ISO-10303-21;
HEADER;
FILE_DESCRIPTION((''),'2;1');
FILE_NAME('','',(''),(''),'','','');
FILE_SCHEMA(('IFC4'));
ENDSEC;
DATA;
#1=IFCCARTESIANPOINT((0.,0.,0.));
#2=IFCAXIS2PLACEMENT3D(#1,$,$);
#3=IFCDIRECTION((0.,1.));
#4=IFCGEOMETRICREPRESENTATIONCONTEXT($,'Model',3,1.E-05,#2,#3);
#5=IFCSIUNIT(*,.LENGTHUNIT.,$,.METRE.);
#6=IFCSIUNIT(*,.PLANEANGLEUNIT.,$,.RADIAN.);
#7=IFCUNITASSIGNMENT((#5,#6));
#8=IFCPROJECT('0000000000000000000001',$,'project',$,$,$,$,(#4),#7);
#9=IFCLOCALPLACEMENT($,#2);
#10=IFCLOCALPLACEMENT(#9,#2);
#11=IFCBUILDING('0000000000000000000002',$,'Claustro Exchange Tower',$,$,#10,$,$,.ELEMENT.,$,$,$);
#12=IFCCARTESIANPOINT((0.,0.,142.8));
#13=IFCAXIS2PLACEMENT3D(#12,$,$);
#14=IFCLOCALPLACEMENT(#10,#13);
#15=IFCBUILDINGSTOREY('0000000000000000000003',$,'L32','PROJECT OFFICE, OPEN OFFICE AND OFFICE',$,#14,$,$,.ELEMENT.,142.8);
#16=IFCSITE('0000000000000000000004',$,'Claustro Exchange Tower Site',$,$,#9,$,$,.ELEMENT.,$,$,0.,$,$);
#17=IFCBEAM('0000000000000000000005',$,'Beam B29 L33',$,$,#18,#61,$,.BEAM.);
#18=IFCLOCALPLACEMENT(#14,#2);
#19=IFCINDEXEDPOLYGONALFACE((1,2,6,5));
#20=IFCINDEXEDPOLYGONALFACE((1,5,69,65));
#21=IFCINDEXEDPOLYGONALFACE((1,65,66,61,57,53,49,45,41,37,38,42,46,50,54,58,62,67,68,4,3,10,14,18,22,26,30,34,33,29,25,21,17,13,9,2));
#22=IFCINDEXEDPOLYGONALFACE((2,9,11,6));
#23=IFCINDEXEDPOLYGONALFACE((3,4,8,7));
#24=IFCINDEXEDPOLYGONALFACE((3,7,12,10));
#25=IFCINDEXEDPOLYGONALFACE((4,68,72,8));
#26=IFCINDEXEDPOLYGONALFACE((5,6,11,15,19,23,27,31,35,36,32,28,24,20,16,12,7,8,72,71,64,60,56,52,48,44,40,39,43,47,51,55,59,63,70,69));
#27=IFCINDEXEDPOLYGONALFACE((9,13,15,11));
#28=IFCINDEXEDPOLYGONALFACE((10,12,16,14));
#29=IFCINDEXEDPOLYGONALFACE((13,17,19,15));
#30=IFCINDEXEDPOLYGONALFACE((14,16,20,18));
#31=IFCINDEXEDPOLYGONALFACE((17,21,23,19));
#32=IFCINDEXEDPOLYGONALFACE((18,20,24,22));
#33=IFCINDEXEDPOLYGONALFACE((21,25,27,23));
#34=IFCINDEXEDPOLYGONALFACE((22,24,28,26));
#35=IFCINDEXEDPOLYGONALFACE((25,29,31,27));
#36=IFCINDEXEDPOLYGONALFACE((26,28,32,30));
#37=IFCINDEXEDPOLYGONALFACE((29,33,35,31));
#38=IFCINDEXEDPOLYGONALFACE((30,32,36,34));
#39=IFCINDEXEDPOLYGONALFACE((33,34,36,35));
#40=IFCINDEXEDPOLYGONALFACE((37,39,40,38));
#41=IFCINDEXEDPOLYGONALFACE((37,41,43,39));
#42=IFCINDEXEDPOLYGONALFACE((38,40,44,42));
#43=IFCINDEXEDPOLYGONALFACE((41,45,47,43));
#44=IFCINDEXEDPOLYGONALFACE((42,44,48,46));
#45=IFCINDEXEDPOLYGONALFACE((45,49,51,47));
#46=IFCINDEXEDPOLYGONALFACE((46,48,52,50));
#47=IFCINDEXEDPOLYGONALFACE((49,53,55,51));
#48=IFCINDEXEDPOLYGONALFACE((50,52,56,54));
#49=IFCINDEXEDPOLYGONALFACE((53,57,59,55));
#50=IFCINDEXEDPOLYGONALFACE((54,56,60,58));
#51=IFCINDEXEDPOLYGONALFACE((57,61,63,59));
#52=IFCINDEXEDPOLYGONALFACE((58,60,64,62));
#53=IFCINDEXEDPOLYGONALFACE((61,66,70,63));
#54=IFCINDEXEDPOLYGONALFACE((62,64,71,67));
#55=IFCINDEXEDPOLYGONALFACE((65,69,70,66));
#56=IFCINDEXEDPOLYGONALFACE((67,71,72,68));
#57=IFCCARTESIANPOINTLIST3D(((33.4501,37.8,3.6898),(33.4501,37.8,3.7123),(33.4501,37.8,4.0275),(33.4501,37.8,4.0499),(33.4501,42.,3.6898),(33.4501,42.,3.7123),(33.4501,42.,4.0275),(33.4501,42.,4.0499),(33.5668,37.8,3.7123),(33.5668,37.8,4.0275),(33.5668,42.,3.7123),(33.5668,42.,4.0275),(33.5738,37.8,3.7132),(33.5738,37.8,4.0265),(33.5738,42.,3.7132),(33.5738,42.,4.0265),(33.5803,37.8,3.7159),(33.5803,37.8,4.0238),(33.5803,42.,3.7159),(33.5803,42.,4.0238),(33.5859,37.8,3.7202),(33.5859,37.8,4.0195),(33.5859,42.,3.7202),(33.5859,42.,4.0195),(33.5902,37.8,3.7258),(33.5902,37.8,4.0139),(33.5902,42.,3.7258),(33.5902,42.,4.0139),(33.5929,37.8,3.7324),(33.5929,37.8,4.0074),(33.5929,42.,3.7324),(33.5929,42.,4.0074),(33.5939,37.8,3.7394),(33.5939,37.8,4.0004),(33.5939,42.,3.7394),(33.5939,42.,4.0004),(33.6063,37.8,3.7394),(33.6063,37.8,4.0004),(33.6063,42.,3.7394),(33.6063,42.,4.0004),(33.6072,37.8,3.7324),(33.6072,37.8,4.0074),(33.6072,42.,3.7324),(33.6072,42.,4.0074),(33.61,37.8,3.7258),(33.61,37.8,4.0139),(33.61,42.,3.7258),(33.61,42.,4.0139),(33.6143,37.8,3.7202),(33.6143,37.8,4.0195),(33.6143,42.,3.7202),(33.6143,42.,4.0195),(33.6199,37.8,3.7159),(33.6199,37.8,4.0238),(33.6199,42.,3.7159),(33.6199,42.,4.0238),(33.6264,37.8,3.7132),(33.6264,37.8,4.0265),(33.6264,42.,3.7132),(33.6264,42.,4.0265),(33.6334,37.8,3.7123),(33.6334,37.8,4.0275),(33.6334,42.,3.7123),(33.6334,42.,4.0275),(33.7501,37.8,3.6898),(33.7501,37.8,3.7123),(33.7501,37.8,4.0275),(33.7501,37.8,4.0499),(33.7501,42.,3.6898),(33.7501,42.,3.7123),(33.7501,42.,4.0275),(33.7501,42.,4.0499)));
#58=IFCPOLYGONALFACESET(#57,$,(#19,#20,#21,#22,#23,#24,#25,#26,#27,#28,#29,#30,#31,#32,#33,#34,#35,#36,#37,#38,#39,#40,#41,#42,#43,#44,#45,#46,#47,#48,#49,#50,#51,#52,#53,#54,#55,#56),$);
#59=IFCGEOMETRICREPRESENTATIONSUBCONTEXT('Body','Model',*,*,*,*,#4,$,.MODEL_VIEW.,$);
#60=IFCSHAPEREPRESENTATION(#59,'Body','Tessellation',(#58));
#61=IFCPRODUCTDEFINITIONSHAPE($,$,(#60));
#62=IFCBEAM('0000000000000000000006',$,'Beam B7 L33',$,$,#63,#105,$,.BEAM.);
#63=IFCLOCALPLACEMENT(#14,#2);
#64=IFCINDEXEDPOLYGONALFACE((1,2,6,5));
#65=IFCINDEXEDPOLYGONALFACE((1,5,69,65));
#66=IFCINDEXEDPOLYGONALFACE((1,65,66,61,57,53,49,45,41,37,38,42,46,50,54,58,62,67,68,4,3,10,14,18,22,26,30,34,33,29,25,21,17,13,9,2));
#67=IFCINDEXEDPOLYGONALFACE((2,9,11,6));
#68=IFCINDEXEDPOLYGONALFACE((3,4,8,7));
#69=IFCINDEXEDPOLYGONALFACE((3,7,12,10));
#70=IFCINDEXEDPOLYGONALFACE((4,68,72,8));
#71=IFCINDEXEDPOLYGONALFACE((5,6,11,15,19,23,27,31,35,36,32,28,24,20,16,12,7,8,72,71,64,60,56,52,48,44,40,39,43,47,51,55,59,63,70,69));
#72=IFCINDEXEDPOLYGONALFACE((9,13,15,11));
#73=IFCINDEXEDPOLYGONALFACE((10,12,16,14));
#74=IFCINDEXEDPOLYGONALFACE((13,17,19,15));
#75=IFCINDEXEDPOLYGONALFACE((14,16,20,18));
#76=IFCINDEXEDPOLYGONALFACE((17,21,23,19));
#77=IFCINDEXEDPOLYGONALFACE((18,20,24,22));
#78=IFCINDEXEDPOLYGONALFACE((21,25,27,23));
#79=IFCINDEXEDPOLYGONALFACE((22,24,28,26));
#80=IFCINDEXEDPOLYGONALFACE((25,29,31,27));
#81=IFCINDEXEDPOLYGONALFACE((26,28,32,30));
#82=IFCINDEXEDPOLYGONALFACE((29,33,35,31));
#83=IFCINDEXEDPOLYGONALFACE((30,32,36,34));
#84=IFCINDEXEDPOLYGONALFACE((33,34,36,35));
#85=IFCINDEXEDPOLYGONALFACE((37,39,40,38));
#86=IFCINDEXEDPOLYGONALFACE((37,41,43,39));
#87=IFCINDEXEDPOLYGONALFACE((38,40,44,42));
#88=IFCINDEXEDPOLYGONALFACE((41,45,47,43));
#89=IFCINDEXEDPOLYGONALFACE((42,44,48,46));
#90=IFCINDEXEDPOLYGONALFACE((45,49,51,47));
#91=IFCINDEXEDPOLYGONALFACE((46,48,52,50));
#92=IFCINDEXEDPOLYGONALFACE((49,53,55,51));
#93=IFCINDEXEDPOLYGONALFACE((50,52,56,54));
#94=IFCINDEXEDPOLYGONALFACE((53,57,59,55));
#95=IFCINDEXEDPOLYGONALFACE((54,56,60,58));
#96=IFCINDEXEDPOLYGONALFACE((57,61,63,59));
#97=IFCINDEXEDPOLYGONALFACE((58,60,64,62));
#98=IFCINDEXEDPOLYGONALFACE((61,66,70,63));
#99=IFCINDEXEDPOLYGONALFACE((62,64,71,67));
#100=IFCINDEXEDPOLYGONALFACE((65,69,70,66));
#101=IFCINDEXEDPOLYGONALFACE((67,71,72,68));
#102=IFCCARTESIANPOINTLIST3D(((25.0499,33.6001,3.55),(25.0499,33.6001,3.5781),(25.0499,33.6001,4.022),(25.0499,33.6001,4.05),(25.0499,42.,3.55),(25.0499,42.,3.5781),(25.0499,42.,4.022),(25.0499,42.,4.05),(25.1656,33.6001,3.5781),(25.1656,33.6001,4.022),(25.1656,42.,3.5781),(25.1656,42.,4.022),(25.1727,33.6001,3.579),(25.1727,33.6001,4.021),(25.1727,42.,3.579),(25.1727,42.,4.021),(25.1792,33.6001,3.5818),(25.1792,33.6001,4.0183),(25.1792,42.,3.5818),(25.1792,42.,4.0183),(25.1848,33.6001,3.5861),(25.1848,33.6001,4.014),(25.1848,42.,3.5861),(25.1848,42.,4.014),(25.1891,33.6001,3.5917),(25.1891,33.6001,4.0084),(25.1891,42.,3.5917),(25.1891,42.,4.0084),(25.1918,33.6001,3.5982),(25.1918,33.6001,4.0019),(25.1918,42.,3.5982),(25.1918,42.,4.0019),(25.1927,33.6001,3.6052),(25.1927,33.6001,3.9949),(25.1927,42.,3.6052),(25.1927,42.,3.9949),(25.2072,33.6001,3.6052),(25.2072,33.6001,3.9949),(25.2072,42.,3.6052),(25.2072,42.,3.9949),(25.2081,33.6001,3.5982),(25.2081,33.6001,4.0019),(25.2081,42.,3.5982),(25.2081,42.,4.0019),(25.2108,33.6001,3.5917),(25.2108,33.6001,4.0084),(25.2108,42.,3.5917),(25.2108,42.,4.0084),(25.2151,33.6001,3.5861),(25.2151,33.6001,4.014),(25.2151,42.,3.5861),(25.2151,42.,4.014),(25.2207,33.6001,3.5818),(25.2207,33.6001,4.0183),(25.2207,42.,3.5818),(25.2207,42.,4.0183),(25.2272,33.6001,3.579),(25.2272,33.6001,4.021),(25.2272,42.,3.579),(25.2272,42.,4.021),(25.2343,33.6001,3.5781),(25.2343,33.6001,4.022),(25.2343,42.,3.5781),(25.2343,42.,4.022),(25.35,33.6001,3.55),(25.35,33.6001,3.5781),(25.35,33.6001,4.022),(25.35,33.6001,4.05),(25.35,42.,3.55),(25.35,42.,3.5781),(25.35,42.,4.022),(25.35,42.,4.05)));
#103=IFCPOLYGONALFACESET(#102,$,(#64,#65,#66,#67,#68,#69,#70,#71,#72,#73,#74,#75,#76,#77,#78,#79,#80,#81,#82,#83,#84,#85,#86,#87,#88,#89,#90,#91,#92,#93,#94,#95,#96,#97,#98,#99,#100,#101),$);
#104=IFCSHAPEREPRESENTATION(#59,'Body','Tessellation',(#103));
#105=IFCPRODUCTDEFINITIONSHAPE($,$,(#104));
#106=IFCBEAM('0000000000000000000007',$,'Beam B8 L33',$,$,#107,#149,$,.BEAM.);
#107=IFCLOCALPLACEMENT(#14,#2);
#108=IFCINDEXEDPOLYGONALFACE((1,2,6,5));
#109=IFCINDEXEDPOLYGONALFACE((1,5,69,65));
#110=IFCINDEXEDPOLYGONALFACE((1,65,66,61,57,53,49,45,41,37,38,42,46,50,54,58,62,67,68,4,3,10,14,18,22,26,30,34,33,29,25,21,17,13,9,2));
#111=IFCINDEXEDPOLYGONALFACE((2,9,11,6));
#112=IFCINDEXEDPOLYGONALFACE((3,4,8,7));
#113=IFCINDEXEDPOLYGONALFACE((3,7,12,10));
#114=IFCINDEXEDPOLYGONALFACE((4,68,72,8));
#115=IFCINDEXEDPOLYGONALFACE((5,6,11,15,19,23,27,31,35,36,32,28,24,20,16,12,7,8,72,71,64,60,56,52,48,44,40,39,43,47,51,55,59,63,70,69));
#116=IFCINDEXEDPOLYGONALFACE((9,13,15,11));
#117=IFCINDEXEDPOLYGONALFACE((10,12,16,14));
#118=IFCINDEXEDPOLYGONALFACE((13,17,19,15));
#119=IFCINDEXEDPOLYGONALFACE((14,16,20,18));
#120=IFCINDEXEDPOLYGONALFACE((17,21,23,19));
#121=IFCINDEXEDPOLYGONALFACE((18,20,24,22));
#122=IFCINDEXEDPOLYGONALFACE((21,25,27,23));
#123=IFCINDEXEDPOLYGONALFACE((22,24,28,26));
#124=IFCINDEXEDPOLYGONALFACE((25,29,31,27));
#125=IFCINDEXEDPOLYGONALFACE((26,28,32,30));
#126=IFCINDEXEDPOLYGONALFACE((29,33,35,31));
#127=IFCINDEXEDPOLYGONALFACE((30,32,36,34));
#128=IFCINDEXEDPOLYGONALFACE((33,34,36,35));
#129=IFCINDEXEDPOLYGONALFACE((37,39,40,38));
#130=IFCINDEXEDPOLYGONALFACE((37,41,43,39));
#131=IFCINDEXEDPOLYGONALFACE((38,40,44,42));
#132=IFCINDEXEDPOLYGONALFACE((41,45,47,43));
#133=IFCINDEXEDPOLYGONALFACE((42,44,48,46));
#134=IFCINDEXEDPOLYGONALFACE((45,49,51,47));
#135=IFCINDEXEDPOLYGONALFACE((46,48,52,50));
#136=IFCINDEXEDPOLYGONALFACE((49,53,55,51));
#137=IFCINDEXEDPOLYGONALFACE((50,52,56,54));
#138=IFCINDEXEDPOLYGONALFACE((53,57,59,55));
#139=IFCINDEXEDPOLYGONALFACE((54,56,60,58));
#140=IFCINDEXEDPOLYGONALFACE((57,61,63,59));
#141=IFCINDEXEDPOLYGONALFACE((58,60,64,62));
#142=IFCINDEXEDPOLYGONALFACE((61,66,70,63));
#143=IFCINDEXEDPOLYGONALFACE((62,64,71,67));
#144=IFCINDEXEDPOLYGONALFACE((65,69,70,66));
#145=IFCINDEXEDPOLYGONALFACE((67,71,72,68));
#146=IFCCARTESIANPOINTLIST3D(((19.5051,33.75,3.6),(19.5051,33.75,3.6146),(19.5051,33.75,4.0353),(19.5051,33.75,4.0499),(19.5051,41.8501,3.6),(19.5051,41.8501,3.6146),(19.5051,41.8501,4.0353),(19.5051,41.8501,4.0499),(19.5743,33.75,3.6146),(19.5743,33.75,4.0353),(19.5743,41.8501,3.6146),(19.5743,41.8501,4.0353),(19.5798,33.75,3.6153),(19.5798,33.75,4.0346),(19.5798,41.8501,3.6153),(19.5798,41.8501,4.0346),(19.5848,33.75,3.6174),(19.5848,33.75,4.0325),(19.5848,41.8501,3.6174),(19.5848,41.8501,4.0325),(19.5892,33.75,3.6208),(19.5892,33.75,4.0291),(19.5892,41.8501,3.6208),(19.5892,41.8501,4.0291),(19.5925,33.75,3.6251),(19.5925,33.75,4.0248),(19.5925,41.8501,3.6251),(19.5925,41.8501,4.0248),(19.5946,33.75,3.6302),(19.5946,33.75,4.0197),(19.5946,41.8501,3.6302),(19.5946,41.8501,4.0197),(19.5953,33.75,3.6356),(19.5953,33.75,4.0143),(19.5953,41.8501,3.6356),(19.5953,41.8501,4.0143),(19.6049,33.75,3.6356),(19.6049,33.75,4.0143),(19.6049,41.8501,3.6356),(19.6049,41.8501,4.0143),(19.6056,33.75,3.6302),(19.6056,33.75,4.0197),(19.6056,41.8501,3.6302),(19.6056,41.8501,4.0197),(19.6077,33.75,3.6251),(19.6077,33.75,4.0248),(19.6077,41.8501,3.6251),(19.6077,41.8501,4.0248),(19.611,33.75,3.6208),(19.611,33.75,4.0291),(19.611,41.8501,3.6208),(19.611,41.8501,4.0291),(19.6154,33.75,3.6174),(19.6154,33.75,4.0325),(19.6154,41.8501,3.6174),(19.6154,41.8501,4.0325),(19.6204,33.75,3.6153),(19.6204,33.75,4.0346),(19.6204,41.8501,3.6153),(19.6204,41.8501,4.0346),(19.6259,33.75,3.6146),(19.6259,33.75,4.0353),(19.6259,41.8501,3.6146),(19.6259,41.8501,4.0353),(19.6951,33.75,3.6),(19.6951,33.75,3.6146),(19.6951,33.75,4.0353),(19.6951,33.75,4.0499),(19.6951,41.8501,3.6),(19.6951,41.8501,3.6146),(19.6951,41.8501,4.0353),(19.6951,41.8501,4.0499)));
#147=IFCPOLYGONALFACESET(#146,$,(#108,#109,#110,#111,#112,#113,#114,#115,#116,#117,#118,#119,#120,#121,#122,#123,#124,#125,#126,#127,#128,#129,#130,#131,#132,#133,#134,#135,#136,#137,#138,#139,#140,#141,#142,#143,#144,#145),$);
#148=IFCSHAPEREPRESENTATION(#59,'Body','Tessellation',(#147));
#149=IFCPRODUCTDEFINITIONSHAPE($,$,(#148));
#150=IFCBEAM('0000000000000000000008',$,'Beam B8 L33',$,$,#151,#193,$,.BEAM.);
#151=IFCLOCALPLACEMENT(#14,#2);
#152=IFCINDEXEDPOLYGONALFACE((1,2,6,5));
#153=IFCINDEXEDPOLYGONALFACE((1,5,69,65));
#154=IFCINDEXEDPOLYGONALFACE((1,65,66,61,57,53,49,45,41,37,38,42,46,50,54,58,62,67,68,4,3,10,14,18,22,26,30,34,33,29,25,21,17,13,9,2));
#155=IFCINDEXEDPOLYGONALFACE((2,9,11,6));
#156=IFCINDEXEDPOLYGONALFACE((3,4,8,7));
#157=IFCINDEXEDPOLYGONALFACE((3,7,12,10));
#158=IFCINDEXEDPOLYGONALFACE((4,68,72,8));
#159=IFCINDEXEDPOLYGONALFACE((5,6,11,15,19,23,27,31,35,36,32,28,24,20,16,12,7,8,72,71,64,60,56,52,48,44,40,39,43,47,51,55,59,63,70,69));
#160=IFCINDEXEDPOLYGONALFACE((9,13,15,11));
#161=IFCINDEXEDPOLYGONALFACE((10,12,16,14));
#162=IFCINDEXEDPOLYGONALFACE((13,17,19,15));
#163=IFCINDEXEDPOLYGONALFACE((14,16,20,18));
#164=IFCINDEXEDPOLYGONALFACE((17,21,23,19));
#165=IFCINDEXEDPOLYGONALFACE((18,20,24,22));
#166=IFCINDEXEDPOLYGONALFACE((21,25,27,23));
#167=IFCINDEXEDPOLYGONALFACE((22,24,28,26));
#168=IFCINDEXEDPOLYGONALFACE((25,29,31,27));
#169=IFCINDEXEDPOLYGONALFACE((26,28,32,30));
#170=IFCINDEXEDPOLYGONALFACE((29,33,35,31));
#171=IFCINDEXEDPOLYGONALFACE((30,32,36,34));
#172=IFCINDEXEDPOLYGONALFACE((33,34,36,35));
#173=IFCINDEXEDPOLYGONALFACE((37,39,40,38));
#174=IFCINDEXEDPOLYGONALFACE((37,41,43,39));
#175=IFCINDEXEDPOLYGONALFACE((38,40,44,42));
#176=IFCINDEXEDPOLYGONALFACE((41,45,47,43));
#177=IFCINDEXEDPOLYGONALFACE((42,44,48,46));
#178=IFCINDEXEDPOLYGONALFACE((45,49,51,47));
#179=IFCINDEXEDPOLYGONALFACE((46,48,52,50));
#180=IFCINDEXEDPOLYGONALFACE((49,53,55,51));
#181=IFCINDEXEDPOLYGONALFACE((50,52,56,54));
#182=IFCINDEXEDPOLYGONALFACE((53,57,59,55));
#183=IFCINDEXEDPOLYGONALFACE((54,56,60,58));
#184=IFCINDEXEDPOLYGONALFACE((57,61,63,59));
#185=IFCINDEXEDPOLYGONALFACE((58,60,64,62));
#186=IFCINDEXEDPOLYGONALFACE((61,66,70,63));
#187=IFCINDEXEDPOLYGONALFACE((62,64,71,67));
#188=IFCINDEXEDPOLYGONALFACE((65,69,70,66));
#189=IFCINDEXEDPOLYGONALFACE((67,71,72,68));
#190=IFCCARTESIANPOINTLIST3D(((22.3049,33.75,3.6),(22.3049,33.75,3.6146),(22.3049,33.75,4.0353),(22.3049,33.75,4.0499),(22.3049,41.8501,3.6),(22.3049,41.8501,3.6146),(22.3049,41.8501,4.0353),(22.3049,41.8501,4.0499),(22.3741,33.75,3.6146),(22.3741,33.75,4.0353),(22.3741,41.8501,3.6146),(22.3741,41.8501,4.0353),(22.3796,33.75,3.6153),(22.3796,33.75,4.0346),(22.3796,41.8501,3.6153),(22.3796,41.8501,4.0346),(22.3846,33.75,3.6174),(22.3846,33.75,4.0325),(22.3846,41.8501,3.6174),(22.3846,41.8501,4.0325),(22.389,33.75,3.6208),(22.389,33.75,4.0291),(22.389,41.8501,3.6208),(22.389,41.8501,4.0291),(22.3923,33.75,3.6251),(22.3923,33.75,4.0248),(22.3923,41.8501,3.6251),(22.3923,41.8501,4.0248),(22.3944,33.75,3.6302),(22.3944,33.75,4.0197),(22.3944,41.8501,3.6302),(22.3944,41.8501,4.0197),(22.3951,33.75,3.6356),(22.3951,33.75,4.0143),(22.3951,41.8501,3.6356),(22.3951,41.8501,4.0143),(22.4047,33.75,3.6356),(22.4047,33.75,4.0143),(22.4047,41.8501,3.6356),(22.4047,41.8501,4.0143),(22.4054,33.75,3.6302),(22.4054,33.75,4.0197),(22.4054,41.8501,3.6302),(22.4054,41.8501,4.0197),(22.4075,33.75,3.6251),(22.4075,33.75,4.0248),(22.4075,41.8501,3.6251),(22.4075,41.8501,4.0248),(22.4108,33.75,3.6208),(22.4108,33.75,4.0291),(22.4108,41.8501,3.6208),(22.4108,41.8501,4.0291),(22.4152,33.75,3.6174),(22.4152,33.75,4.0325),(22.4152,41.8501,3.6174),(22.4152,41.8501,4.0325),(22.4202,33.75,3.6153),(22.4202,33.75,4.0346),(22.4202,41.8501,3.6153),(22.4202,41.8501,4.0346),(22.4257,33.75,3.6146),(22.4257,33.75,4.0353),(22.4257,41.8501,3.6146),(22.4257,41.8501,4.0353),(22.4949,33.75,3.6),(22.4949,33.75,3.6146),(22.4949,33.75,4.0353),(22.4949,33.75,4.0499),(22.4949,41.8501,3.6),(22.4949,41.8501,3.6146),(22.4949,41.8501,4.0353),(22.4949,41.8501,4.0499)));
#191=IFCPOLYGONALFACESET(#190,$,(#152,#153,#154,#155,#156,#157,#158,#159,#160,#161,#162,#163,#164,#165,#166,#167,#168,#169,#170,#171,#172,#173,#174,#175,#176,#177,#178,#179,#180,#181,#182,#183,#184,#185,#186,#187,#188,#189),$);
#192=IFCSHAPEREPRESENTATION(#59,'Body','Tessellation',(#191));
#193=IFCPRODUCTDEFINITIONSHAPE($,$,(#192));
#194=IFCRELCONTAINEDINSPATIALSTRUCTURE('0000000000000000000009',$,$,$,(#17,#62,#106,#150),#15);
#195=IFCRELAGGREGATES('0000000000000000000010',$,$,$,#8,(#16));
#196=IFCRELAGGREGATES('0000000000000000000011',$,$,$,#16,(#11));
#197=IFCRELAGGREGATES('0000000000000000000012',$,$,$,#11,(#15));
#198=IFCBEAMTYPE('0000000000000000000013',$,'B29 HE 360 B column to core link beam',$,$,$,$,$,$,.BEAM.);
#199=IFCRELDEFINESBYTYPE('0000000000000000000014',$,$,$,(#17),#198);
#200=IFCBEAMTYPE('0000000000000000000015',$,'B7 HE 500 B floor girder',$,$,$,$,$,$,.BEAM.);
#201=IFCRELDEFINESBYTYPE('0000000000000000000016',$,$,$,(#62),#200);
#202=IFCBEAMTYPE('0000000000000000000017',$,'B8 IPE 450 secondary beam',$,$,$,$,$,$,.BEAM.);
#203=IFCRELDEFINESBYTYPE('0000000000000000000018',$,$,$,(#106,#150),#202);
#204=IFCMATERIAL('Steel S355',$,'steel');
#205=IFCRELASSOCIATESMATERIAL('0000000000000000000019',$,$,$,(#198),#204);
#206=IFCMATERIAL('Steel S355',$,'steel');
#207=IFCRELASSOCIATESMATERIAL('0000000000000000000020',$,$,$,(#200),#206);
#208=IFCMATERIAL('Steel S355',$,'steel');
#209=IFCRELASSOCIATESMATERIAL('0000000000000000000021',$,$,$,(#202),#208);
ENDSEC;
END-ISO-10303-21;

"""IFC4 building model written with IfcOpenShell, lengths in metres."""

from ifc_helpers import new_model, si_unit, direction, frame, origin, origin_2d, place, context, subcontext, project, spatial, i_section, extrude, material, material_profile, profile_set, type_object, element, save


model = new_model("IFC4")

# Units and contexts
model_context = context("Model", 3, precision=1e-05, world=origin(), true_north=direction((0.0, 1.0)))
body_context = subcontext(model_context, "Body", "Model", "MODEL_VIEW")
ifc_project = project(units=[si_unit("LENGTHUNIT", "METRE"), si_unit("PLANEANGLEUNIT", "RADIAN")], contexts=[model_context])

# Site, building, storey
site_placement = place(None, origin())
site = spatial("IfcSite", under=ifc_project, at=site_placement, Name="Claustro Exchange Tower Site", CompositionType="ELEMENT", RefElevation=0.0)
building_placement = place(site_placement, origin())
building = spatial("IfcBuilding", under=site, at=building_placement, Name="Claustro Exchange Tower", CompositionType="ELEMENT")
storey_placement = place(building_placement, frame((0.0, 0.0, 142.8)))
storey = spatial("IfcBuildingStorey", under=building, at=storey_placement, Name="L32", Description="PROJECT OFFICE, OPEN OFFICE AND OFFICE", CompositionType="ELEMENT", Elevation=142.8)

# Beams
ifc_material_1 = material(Name="Steel S355", Category="steel")
ifc_material_profile_1 = material_profile(ifc_material_1, i_section(OverallWidth=0.3, OverallDepth=0.3601, WebThickness=0.0125, FlangeThickness=0.0225, FilletRadius=0.0271, at=origin_2d()), Name="HE 360 B")
ifc_profile_set_1 = profile_set([ifc_material_profile_1], Name="Steel S355")
beam_type_1 = type_object("IfcBeamType", Name="B29 HE 360 B column to core link beam", PredefinedType="BEAM", material=ifc_profile_set_1)
beam_1_placement = place(storey_placement, frame((33.6001, 37.8, 3.8699), z_axis=(0.0, 1.0, 0.0), x_axis=(-1.0, 0.0, 0.0)))
element("IfcBeam", 1, at=beam_1_placement, inside=storey, type_object=beam_type_1, Name="Beam B29 L33", PredefinedType="BEAM", context=body_context, shape_type="SweptSolid", body=[
    extrude(i_section(OverallWidth=0.3, OverallDepth=0.3601, WebThickness=0.0125, FlangeThickness=0.0225, FilletRadius=0.0271, at=origin_2d()), origin(), (0.0, 0.0, 1.0), 4.2),
])
ifc_material_2 = material(Name="Steel S355", Category="steel")
ifc_material_profile_2 = material_profile(ifc_material_2, i_section(OverallWidth=0.3, OverallDepth=0.5, WebThickness=0.0144, FlangeThickness=0.0281, FilletRadius=0.0271, at=origin_2d()), Name="HE 500 B")
ifc_profile_set_2 = profile_set([ifc_material_profile_2], Name="Steel S355")
beam_type_2 = type_object("IfcBeamType", Name="B7 HE 500 B floor girder", PredefinedType="BEAM", material=ifc_profile_set_2)
beam_2_placement = place(storey_placement, frame((25.2, 33.6001, 3.8), z_axis=(0.0, 1.0, 0.0), x_axis=(-1.0, 0.0, 0.0)))
element("IfcBeam", 2, at=beam_2_placement, inside=storey, type_object=beam_type_2, Name="Beam B7 L33", PredefinedType="BEAM", context=body_context, shape_type="SweptSolid", body=[
    extrude(i_section(OverallWidth=0.3, OverallDepth=0.5, WebThickness=0.0144, FlangeThickness=0.0281, FilletRadius=0.0271, at=origin_2d()), origin(), (0.0, 0.0, 1.0), 8.3999),
])
ifc_material_3 = material(Name="Steel S355", Category="steel")
ifc_material_profile_3 = material_profile(ifc_material_3, i_section(OverallWidth=0.1899, OverallDepth=0.45, WebThickness=0.0095, FlangeThickness=0.0146, FilletRadius=0.021, at=origin_2d()), Name="IPE 450")
ifc_profile_set_3 = profile_set([ifc_material_profile_3], Name="Steel S355")
beam_type_3 = type_object("IfcBeamType", Name="B8 IPE 450 secondary beam", PredefinedType="BEAM", material=ifc_profile_set_3)
for number, where, z_axis, x_axis, name in (
    (3, (19.6001, 33.75, 3.825), (0.0, 1.0, 0.0), (-1.0, 0.0, 0.0), "Beam B8 L33"),
    (4, (22.3999, 33.75, 3.825), (0.0, 1.0, 0.0), (-1.0, 0.0, 0.0), "Beam B8 L33"),
):
    element("IfcBeam", number, at=place(storey_placement, frame(where, z_axis=z_axis, x_axis=x_axis)), inside=storey, type_object=beam_type_3, Name=name, PredefinedType="BEAM", context=body_context, shape_type="SweptSolid", body=[
        extrude(i_section(OverallWidth=0.1899, OverallDepth=0.45, WebThickness=0.0095, FlangeThickness=0.0146, FilletRadius=0.021, at=origin_2d()), origin(), (0.0, 0.0, 1.0), 8.1001),
    ])

save(model, "model.ifc")
